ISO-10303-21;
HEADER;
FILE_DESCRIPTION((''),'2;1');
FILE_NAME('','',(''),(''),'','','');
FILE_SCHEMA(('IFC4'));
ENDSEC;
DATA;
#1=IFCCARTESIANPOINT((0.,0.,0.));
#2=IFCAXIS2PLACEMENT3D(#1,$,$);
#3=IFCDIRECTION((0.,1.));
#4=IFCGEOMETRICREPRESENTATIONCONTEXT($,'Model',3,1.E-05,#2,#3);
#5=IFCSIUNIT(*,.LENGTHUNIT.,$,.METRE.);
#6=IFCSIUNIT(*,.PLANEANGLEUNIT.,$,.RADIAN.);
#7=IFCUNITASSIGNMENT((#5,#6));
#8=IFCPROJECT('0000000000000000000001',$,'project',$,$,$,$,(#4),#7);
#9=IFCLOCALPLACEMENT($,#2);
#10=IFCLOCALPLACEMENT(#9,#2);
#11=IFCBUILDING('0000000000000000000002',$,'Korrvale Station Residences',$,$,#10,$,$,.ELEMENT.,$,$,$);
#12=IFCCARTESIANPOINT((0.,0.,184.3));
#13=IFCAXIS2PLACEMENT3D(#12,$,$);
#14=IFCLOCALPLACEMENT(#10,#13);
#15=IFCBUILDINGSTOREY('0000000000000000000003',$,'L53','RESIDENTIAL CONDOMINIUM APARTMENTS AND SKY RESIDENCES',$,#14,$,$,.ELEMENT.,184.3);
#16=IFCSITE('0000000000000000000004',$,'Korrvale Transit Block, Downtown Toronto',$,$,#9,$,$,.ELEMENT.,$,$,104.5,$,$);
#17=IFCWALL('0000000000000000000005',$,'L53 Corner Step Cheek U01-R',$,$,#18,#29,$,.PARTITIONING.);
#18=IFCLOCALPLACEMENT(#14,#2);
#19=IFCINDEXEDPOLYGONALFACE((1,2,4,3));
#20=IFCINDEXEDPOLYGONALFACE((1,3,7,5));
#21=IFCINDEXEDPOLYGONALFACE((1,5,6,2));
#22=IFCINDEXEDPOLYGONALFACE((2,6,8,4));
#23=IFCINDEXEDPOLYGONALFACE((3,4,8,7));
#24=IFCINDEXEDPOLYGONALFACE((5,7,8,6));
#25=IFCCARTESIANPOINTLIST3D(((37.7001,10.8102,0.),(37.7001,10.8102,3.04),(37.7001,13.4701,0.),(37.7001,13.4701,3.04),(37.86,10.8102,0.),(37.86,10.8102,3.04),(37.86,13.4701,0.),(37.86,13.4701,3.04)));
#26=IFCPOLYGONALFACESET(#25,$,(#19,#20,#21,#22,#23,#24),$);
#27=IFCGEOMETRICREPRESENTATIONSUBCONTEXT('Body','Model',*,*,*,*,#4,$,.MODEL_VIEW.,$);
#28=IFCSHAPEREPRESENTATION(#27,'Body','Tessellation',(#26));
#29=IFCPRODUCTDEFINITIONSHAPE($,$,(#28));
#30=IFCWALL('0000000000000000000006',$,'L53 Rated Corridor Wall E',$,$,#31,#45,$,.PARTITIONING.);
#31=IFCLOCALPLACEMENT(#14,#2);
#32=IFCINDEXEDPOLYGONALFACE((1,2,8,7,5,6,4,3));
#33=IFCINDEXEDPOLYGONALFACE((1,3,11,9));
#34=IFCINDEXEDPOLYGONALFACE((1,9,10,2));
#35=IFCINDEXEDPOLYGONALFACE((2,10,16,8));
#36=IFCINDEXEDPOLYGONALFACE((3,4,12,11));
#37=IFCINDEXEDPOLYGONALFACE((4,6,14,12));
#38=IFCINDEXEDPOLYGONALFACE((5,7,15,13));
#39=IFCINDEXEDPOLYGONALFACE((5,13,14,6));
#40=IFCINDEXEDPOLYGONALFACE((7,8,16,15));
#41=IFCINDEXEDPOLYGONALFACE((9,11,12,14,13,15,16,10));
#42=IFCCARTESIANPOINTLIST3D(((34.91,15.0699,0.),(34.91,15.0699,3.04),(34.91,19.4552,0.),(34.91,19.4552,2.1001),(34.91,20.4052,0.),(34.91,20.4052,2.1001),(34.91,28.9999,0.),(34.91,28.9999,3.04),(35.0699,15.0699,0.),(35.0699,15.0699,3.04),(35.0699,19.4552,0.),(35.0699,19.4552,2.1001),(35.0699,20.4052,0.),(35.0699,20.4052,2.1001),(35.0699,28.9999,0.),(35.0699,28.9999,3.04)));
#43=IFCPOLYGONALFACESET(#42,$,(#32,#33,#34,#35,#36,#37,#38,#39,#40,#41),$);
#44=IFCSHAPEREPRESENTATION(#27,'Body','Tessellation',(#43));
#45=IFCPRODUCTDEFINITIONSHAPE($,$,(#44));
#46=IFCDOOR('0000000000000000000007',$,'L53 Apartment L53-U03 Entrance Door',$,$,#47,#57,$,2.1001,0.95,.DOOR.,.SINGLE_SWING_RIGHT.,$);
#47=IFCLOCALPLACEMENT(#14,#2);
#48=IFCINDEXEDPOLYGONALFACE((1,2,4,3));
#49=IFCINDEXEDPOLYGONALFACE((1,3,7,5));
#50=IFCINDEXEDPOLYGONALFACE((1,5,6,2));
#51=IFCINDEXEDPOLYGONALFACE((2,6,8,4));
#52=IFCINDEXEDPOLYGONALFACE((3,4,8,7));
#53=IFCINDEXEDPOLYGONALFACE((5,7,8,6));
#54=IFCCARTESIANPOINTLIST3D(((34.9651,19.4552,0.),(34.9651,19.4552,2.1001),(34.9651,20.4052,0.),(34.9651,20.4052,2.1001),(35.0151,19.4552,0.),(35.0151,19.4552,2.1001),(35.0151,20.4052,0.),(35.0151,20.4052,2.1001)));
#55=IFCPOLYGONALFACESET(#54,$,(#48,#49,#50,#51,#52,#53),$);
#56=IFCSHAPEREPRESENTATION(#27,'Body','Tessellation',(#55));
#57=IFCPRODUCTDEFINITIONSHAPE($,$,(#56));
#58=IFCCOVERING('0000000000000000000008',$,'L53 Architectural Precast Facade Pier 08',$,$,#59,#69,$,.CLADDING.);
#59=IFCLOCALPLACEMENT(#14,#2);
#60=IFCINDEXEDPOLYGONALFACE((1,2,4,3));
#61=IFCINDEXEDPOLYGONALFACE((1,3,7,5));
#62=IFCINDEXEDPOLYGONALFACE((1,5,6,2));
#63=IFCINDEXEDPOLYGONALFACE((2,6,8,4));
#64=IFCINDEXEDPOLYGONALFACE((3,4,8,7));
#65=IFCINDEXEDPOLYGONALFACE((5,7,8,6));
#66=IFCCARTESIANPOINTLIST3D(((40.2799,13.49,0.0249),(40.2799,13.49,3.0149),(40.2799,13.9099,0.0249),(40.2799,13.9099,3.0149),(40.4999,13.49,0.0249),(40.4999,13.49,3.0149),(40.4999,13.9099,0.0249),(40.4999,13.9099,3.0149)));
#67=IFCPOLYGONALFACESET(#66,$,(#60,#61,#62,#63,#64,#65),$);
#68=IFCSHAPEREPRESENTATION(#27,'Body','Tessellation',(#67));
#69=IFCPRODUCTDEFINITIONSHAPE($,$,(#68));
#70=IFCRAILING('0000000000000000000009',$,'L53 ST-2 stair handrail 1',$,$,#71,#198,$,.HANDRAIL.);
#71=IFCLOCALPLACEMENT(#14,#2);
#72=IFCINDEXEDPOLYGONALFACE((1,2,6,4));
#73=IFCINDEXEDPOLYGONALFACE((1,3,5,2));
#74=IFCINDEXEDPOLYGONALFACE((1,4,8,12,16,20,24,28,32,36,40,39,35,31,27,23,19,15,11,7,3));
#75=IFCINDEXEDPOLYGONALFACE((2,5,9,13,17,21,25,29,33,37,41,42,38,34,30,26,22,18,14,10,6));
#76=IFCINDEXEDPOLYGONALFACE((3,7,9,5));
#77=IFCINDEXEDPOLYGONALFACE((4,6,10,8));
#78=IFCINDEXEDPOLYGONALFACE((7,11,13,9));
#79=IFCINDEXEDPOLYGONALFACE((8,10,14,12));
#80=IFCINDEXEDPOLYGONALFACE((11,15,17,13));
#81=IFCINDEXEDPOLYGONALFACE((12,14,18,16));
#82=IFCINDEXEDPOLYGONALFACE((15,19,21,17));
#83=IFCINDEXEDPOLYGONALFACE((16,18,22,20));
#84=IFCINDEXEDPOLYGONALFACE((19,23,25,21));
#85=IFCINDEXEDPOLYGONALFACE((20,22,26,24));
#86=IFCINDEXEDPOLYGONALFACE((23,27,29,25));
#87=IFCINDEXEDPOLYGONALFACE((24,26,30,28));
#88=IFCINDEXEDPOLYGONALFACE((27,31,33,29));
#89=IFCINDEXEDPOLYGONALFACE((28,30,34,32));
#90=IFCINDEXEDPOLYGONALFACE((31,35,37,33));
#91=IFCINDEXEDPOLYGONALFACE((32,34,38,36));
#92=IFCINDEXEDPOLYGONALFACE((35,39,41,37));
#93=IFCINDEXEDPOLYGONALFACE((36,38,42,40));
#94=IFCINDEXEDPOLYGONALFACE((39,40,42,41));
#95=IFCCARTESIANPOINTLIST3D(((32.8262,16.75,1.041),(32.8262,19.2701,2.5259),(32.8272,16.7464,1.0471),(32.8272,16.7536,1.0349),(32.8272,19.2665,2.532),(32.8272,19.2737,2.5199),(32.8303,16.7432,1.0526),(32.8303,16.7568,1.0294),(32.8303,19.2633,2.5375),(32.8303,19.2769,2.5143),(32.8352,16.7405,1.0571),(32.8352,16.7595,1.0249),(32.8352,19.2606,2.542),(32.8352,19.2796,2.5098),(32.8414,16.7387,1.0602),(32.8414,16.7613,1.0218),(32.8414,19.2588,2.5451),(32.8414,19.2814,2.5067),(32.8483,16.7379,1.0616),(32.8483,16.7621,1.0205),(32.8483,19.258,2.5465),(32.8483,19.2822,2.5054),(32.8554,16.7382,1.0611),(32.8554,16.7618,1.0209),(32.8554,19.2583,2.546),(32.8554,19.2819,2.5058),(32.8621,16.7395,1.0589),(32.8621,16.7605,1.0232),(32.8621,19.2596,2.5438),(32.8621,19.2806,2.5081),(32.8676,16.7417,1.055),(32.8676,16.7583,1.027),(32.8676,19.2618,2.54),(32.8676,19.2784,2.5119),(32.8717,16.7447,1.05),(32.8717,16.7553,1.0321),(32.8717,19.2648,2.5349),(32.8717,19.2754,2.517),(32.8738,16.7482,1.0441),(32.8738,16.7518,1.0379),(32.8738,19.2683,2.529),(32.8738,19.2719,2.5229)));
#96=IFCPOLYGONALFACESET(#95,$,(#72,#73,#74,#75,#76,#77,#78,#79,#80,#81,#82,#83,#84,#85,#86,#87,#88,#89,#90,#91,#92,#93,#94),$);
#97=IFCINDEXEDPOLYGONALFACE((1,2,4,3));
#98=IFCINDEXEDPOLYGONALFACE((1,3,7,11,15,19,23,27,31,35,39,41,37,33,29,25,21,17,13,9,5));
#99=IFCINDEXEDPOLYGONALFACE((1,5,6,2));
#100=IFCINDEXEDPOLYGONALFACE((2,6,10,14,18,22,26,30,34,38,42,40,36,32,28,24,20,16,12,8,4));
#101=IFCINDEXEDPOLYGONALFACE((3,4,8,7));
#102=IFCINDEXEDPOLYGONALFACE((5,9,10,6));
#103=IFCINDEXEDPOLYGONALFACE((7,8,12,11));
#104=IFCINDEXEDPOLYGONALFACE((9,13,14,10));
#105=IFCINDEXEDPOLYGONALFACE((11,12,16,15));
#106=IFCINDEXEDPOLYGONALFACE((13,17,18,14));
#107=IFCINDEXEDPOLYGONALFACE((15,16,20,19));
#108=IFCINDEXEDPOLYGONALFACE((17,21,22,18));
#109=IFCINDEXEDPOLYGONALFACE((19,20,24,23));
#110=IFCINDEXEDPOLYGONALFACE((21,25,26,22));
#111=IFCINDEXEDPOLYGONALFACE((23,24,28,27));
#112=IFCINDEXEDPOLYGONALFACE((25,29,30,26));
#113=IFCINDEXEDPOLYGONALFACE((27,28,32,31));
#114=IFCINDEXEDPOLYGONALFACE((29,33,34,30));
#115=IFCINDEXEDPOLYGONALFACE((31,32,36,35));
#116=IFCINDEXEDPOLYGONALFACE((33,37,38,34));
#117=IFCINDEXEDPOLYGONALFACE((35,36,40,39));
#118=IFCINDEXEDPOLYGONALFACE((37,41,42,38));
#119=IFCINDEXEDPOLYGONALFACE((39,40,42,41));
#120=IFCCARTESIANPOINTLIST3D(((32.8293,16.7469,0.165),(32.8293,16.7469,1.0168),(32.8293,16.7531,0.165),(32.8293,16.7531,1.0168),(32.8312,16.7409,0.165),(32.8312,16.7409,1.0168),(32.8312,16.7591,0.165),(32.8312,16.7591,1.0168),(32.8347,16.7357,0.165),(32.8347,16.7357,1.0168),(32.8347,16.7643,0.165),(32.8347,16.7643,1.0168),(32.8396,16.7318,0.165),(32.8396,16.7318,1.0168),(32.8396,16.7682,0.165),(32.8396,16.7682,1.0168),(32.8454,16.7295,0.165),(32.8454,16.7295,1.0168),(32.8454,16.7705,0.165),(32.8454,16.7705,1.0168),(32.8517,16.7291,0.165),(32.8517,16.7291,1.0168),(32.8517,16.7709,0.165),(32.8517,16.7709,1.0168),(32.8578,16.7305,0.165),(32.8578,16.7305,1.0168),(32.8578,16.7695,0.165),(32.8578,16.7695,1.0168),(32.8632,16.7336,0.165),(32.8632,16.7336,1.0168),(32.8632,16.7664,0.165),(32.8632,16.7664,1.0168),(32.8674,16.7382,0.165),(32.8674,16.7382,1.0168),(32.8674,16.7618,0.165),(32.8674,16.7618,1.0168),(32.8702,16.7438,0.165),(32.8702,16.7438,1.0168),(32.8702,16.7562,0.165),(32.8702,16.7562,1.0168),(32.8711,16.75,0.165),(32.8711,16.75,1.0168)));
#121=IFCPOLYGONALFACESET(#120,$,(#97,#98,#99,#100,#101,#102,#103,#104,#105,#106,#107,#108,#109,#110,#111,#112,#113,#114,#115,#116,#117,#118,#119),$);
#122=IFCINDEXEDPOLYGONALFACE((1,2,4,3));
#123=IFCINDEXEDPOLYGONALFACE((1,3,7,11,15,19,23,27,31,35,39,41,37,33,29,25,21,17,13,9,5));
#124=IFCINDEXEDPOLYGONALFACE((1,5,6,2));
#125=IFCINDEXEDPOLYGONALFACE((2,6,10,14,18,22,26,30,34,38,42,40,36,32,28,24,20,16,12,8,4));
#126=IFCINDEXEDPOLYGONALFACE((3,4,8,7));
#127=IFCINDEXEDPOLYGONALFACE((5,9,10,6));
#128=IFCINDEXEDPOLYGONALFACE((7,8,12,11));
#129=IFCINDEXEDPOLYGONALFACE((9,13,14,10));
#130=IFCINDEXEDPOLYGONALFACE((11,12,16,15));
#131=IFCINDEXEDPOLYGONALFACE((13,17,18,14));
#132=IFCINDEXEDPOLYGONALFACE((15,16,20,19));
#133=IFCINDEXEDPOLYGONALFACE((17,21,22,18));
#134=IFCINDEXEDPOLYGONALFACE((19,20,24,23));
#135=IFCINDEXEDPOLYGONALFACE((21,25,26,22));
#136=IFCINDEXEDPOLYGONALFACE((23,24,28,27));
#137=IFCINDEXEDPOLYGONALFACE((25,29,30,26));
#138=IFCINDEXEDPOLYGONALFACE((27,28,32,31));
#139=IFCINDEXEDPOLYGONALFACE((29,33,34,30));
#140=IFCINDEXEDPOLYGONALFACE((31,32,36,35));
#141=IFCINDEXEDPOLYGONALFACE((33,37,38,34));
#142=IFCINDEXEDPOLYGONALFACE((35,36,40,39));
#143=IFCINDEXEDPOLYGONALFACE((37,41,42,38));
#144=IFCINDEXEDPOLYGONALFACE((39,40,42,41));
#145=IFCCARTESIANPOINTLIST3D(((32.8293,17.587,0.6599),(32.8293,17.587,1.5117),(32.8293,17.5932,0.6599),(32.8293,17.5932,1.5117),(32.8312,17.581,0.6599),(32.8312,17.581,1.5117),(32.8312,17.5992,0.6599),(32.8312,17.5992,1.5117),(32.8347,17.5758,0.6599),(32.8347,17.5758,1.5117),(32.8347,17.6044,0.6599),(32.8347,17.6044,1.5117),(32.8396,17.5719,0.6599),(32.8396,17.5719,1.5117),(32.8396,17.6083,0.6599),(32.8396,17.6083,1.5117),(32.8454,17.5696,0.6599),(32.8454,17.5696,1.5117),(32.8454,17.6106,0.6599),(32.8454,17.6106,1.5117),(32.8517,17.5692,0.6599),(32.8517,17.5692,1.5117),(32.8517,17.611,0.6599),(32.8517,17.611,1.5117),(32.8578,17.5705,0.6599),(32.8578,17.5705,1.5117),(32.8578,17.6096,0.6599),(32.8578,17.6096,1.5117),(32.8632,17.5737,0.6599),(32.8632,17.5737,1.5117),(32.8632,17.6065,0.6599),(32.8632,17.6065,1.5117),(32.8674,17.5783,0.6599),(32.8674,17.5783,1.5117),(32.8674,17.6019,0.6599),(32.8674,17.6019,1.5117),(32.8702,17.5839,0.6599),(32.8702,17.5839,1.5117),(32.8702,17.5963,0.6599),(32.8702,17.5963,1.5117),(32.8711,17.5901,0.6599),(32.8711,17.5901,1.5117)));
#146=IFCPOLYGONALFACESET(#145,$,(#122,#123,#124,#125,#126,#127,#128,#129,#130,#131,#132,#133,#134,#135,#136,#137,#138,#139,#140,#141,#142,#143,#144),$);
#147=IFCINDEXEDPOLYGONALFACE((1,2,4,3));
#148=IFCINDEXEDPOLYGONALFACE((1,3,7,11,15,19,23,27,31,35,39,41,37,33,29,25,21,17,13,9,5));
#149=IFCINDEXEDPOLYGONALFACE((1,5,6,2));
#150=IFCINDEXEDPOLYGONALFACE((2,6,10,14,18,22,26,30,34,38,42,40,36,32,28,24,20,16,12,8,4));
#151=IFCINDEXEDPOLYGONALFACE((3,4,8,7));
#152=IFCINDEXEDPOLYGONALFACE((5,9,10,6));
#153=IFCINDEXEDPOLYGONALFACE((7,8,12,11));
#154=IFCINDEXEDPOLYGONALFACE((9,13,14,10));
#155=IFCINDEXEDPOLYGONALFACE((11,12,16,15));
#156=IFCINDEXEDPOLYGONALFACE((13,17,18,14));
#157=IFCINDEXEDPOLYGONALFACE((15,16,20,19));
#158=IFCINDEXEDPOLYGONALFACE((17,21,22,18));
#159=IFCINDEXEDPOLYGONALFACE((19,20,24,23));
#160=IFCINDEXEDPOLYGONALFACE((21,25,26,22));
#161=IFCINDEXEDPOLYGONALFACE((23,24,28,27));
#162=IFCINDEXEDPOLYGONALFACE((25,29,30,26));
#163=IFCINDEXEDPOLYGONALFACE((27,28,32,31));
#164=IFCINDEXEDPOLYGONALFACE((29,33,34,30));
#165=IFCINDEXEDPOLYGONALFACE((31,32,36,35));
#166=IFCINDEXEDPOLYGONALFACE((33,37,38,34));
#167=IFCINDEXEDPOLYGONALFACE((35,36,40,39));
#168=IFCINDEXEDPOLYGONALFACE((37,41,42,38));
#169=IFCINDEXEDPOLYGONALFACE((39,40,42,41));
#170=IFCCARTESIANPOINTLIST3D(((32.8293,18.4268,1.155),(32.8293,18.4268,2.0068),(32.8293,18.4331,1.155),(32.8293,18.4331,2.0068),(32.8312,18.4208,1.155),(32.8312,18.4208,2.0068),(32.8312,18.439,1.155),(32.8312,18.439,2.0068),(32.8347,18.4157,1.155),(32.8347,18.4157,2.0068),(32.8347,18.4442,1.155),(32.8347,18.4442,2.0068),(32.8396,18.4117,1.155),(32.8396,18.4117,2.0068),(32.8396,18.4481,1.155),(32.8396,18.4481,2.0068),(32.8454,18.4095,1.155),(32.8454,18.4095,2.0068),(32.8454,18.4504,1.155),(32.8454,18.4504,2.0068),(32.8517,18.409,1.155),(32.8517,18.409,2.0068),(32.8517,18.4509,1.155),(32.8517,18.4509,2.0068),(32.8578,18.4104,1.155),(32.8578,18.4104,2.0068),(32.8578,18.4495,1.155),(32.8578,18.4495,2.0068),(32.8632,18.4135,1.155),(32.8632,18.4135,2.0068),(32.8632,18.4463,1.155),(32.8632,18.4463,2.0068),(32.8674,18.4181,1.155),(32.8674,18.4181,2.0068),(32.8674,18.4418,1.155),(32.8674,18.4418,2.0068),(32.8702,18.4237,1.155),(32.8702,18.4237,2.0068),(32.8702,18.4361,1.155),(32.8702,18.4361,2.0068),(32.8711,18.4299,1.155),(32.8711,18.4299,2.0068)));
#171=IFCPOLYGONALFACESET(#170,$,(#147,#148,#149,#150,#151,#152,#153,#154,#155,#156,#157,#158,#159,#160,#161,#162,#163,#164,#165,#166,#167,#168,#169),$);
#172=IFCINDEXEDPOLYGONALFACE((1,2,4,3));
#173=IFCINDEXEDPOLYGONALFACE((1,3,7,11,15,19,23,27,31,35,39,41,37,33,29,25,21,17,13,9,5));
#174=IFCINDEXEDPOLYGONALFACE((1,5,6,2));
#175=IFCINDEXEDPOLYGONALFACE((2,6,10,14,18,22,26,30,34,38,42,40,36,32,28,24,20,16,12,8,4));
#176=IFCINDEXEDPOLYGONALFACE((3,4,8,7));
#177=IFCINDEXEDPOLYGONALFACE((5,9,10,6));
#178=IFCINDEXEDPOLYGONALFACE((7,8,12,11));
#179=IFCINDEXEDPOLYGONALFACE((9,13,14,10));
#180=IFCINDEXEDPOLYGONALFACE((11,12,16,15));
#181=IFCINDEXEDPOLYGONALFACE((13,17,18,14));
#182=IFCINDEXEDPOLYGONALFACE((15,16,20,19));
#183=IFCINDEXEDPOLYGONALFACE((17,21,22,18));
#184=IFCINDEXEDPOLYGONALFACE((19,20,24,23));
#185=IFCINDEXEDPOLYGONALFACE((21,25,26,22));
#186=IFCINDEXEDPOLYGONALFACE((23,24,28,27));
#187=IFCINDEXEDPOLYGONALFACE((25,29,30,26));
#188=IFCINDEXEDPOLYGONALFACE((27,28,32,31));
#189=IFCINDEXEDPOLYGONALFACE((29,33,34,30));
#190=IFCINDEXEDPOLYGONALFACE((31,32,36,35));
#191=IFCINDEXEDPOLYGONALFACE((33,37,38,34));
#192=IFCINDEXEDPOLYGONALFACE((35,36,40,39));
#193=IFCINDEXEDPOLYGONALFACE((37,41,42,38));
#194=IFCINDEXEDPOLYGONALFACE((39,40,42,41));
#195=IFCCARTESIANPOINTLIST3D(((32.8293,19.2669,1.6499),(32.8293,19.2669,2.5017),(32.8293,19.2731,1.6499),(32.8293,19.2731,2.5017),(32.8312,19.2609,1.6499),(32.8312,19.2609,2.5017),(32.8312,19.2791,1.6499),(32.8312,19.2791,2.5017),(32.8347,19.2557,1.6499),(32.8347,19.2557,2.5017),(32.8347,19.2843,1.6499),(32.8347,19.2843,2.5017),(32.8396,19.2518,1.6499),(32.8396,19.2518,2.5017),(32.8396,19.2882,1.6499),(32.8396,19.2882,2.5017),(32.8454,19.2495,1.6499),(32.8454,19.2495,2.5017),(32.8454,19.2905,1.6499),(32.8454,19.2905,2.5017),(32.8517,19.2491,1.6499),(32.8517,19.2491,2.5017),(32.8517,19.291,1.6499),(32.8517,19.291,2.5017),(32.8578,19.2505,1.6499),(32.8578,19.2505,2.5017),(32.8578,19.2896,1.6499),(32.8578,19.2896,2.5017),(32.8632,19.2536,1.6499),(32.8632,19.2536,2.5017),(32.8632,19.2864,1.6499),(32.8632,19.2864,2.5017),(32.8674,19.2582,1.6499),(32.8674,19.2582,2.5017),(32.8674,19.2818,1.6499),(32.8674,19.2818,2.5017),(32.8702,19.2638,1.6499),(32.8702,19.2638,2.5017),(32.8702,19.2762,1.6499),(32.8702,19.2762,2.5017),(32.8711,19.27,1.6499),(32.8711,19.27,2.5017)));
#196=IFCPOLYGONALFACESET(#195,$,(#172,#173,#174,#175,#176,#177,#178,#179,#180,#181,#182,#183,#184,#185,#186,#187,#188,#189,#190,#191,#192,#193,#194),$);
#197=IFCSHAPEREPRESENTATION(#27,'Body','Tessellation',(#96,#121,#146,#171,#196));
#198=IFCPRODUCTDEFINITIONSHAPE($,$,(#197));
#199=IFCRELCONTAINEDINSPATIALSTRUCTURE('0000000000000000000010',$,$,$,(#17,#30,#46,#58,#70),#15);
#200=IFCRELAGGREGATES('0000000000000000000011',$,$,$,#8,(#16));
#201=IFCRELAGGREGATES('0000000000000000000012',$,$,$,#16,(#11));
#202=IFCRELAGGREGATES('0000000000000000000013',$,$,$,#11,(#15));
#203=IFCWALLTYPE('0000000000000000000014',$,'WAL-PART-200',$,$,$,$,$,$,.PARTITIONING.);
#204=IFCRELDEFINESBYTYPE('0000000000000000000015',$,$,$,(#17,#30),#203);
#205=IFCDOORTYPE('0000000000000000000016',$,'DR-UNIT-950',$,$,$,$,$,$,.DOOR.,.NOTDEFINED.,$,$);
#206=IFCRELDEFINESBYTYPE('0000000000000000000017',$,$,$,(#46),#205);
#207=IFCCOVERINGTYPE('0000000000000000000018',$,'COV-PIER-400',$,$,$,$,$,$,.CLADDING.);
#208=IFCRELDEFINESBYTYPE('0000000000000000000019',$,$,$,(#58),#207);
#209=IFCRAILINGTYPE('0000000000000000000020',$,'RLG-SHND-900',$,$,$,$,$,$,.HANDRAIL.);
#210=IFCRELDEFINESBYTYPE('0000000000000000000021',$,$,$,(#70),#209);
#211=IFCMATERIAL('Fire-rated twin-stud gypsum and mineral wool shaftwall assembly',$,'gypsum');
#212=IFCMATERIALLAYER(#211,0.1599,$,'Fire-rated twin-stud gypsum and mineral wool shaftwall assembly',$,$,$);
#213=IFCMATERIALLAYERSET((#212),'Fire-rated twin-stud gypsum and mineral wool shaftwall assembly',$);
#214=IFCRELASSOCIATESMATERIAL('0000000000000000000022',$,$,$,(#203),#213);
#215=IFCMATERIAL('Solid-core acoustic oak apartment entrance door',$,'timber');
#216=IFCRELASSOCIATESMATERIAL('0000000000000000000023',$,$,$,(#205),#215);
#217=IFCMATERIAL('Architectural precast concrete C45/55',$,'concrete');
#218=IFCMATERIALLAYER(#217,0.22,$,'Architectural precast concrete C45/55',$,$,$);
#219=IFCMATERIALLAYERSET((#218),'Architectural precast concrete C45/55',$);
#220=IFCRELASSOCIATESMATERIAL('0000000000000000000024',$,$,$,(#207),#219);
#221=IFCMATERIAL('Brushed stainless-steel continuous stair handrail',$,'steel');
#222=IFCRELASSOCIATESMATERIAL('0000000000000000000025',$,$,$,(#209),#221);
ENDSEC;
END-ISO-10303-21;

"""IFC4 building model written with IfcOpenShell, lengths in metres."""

from ifc_helpers import new_model, si_unit, direction, frame, frame_2d, origin, origin_2d, place, context, subcontext, project, spatial, rectangle, circle, extrude, material, layer, layer_set, type_object, element, fill, save


model = new_model("IFC4")

# Units and contexts
model_context = context("Model", 3, precision=1e-05, world=origin(), true_north=direction((0.0, 1.0)))
body_context = subcontext(model_context, "Body", "Model", "MODEL_VIEW")
ifc_project = project(units=[si_unit("LENGTHUNIT", "METRE"), si_unit("PLANEANGLEUNIT", "RADIAN")], contexts=[model_context])

# Site, building, storey
site_placement = place(None, origin())
site = spatial("IfcSite", under=ifc_project, at=site_placement, Name="Korrvale Transit Block, Downtown Toronto", CompositionType="ELEMENT", RefElevation=104.5)
building_placement = place(site_placement, origin())
building = spatial("IfcBuilding", under=site, at=building_placement, Name="Korrvale Station Residences", CompositionType="ELEMENT")
storey_placement = place(building_placement, frame((0.0, 0.0, 184.3)))
storey = spatial("IfcBuildingStorey", under=building, at=storey_placement, Name="L53", Description="RESIDENTIAL CONDOMINIUM APARTMENTS AND SKY RESIDENCES", CompositionType="ELEMENT", Elevation=184.3)

# Wall
ifc_material_1 = material(Name="Fire-rated twin-stud gypsum and mineral wool shaftwall assembly", Category="gypsum")
ifc_layer_1 = layer(ifc_material_1, 0.1599, Name="Fire-rated twin-stud gypsum and mineral wool shaftwall assembly")
ifc_layer_set_1 = layer_set([ifc_layer_1], Name="Fire-rated twin-stud gypsum and mineral wool shaftwall assembly")
wall_type_1 = type_object("IfcWallType", Name="WAL-PART-200", PredefinedType="PARTITIONING", material=ifc_layer_set_1)
wall_1_placement = place(storey_placement, frame((37.78, 10.8101, 0.0), z_axis=(0.0, 0.0, 1.0), x_axis=(0.0, 1.0, 0.0)))
element("IfcWall", 1, at=wall_1_placement, inside=storey, type_object=wall_type_1, Name="L53 Corner Step Cheek U01-R", PredefinedType="PARTITIONING", context=body_context, shape_type="SweptSolid", body=[
    extrude(rectangle(XDim=2.6599, YDim=0.1599, at=frame_2d((1.3301, 0.0))), origin(), (0.0, 0.0, 1.0), 3.04),
])

# Wall, opening, door
wall_2_placement = place(storey_placement, frame((34.99, 15.0701, 0.0), z_axis=(0.0, 0.0, 1.0), x_axis=(0.0, 1.0, 0.0)))
wall_2 = element("IfcWall", 2, at=wall_2_placement, inside=storey, type_object=wall_type_1, Name="L53 Rated Corridor Wall E", PredefinedType="PARTITIONING", context=body_context, shape_type="SweptSolid", body=[
    extrude(rectangle(XDim=13.9299, YDim=0.1599, at=frame_2d((6.9648, 0.0))), origin(), (0.0, 0.0, 1.0), 3.04),
])
opening_1_placement = place(wall_2_placement, frame((4.385, 0.0, 0.0)))
opening_1 = element("IfcOpeningElement", 3, at=opening_1_placement, cuts=wall_2, PredefinedType="OPENING", context=body_context, shape_type="SweptSolid", body=[
    extrude(rectangle(XDim=0.95, YDim=2.1001, at=frame_2d((0.4751, 1.05))), frame((0.0, 0.0898, 0.0), z_axis=(0.0, -1.0, 0.0), x_axis=(1.0, 0.0, 0.0)), (0.0, 0.0, 1.0), 0.1799),
])
ifc_material_2 = material(Name="Solid-core acoustic oak apartment entrance door", Category="timber")
door_type_1 = type_object("IfcDoorType", Name="DR-UNIT-950", OperationType="NOTDEFINED", PredefinedType="DOOR", material=ifc_material_2)
door_1_placement = place(opening_1_placement, origin())
door_1 = element("IfcDoor", 4, at=door_1_placement, inside=storey, type_object=door_type_1, Name="L53 Apartment L53-U03 Entrance Door", OperationType="SINGLE_SWING_RIGHT", OverallHeight=2.1001, OverallWidth=0.95, PredefinedType="DOOR", context=body_context, shape_type="SweptSolid", body=[
    extrude(rectangle(XDim=0.95, YDim=2.1001, at=frame_2d((0.4751, 1.05))), frame((0.0, 0.0249, 0.0), z_axis=(0.0, -1.0, 0.0), x_axis=(1.0, 0.0, 0.0)), (0.0, 0.0, 1.0), 0.05),
])
fill(opening_1, door_1)

# Covering
ifc_material_3 = material(Name="Architectural precast concrete C45/55", Category="concrete")
ifc_layer_2 = layer(ifc_material_3, 0.22, Name="Architectural precast concrete C45/55")
ifc_layer_set_2 = layer_set([ifc_layer_2], Name="Architectural precast concrete C45/55")
covering_type = type_object("IfcCoveringType", Name="COV-PIER-400", PredefinedType="CLADDING", material=ifc_layer_set_2)
covering_placement = place(storey_placement, frame((40.3899, 13.7, 0.0249), z_axis=(0.0, 0.0, 1.0), x_axis=(0.0, 1.0, 0.0)))
element("IfcCovering", 5, at=covering_placement, inside=storey, type_object=covering_type, Name="L53 Architectural Precast Facade Pier 08", PredefinedType="CLADDING", context=body_context, shape_type="SweptSolid", body=[
    extrude(rectangle(XDim=0.4199, YDim=0.22, at=origin_2d()), origin(), (0.0, 0.0, 1.0), 2.99),
])

# Railing
ifc_material_4 = material(Name="Brushed stainless-steel continuous stair handrail", Category="steel")
railing_type = type_object("IfcRailingType", Name="RLG-SHND-900", PredefinedType="HANDRAIL", material=ifc_material_4)
railing_placement = place(storey_placement, frame((32.8501, 16.75, 0.165)))
element("IfcRailing", 6, at=railing_placement, inside=storey, type_object=railing_type, Name="L53 ST-2 stair handrail 1", PredefinedType="HANDRAIL", context=body_context, shape_type="SweptSolid", body=[
    extrude(circle(Radius=0.0239, at=origin_2d()), frame((0.0, 0.0, 0.876), z_axis=(0.0, 0.861561, 0.507655), x_axis=(-1.0, 0.0, 0.0)), (0.0, 0.0, 1.0), 2.925),
    extrude(circle(Radius=0.021, at=origin_2d()), origin(), (0.0, 0.0, 1.0), 0.8518),
    extrude(circle(Radius=0.021, at=origin_2d()), frame((0.0, 0.8401, 0.4949)), (0.0, 0.0, 1.0), 0.8518),
    extrude(circle(Radius=0.021, at=origin_2d()), frame((0.0, 1.6799, 0.99)), (0.0, 0.0, 1.0), 0.8518),
    extrude(circle(Radius=0.021, at=origin_2d()), frame((0.0, 2.52, 1.4849)), (0.0, 0.0, 1.0), 0.8518),
])

save(model, "model.ifc")
